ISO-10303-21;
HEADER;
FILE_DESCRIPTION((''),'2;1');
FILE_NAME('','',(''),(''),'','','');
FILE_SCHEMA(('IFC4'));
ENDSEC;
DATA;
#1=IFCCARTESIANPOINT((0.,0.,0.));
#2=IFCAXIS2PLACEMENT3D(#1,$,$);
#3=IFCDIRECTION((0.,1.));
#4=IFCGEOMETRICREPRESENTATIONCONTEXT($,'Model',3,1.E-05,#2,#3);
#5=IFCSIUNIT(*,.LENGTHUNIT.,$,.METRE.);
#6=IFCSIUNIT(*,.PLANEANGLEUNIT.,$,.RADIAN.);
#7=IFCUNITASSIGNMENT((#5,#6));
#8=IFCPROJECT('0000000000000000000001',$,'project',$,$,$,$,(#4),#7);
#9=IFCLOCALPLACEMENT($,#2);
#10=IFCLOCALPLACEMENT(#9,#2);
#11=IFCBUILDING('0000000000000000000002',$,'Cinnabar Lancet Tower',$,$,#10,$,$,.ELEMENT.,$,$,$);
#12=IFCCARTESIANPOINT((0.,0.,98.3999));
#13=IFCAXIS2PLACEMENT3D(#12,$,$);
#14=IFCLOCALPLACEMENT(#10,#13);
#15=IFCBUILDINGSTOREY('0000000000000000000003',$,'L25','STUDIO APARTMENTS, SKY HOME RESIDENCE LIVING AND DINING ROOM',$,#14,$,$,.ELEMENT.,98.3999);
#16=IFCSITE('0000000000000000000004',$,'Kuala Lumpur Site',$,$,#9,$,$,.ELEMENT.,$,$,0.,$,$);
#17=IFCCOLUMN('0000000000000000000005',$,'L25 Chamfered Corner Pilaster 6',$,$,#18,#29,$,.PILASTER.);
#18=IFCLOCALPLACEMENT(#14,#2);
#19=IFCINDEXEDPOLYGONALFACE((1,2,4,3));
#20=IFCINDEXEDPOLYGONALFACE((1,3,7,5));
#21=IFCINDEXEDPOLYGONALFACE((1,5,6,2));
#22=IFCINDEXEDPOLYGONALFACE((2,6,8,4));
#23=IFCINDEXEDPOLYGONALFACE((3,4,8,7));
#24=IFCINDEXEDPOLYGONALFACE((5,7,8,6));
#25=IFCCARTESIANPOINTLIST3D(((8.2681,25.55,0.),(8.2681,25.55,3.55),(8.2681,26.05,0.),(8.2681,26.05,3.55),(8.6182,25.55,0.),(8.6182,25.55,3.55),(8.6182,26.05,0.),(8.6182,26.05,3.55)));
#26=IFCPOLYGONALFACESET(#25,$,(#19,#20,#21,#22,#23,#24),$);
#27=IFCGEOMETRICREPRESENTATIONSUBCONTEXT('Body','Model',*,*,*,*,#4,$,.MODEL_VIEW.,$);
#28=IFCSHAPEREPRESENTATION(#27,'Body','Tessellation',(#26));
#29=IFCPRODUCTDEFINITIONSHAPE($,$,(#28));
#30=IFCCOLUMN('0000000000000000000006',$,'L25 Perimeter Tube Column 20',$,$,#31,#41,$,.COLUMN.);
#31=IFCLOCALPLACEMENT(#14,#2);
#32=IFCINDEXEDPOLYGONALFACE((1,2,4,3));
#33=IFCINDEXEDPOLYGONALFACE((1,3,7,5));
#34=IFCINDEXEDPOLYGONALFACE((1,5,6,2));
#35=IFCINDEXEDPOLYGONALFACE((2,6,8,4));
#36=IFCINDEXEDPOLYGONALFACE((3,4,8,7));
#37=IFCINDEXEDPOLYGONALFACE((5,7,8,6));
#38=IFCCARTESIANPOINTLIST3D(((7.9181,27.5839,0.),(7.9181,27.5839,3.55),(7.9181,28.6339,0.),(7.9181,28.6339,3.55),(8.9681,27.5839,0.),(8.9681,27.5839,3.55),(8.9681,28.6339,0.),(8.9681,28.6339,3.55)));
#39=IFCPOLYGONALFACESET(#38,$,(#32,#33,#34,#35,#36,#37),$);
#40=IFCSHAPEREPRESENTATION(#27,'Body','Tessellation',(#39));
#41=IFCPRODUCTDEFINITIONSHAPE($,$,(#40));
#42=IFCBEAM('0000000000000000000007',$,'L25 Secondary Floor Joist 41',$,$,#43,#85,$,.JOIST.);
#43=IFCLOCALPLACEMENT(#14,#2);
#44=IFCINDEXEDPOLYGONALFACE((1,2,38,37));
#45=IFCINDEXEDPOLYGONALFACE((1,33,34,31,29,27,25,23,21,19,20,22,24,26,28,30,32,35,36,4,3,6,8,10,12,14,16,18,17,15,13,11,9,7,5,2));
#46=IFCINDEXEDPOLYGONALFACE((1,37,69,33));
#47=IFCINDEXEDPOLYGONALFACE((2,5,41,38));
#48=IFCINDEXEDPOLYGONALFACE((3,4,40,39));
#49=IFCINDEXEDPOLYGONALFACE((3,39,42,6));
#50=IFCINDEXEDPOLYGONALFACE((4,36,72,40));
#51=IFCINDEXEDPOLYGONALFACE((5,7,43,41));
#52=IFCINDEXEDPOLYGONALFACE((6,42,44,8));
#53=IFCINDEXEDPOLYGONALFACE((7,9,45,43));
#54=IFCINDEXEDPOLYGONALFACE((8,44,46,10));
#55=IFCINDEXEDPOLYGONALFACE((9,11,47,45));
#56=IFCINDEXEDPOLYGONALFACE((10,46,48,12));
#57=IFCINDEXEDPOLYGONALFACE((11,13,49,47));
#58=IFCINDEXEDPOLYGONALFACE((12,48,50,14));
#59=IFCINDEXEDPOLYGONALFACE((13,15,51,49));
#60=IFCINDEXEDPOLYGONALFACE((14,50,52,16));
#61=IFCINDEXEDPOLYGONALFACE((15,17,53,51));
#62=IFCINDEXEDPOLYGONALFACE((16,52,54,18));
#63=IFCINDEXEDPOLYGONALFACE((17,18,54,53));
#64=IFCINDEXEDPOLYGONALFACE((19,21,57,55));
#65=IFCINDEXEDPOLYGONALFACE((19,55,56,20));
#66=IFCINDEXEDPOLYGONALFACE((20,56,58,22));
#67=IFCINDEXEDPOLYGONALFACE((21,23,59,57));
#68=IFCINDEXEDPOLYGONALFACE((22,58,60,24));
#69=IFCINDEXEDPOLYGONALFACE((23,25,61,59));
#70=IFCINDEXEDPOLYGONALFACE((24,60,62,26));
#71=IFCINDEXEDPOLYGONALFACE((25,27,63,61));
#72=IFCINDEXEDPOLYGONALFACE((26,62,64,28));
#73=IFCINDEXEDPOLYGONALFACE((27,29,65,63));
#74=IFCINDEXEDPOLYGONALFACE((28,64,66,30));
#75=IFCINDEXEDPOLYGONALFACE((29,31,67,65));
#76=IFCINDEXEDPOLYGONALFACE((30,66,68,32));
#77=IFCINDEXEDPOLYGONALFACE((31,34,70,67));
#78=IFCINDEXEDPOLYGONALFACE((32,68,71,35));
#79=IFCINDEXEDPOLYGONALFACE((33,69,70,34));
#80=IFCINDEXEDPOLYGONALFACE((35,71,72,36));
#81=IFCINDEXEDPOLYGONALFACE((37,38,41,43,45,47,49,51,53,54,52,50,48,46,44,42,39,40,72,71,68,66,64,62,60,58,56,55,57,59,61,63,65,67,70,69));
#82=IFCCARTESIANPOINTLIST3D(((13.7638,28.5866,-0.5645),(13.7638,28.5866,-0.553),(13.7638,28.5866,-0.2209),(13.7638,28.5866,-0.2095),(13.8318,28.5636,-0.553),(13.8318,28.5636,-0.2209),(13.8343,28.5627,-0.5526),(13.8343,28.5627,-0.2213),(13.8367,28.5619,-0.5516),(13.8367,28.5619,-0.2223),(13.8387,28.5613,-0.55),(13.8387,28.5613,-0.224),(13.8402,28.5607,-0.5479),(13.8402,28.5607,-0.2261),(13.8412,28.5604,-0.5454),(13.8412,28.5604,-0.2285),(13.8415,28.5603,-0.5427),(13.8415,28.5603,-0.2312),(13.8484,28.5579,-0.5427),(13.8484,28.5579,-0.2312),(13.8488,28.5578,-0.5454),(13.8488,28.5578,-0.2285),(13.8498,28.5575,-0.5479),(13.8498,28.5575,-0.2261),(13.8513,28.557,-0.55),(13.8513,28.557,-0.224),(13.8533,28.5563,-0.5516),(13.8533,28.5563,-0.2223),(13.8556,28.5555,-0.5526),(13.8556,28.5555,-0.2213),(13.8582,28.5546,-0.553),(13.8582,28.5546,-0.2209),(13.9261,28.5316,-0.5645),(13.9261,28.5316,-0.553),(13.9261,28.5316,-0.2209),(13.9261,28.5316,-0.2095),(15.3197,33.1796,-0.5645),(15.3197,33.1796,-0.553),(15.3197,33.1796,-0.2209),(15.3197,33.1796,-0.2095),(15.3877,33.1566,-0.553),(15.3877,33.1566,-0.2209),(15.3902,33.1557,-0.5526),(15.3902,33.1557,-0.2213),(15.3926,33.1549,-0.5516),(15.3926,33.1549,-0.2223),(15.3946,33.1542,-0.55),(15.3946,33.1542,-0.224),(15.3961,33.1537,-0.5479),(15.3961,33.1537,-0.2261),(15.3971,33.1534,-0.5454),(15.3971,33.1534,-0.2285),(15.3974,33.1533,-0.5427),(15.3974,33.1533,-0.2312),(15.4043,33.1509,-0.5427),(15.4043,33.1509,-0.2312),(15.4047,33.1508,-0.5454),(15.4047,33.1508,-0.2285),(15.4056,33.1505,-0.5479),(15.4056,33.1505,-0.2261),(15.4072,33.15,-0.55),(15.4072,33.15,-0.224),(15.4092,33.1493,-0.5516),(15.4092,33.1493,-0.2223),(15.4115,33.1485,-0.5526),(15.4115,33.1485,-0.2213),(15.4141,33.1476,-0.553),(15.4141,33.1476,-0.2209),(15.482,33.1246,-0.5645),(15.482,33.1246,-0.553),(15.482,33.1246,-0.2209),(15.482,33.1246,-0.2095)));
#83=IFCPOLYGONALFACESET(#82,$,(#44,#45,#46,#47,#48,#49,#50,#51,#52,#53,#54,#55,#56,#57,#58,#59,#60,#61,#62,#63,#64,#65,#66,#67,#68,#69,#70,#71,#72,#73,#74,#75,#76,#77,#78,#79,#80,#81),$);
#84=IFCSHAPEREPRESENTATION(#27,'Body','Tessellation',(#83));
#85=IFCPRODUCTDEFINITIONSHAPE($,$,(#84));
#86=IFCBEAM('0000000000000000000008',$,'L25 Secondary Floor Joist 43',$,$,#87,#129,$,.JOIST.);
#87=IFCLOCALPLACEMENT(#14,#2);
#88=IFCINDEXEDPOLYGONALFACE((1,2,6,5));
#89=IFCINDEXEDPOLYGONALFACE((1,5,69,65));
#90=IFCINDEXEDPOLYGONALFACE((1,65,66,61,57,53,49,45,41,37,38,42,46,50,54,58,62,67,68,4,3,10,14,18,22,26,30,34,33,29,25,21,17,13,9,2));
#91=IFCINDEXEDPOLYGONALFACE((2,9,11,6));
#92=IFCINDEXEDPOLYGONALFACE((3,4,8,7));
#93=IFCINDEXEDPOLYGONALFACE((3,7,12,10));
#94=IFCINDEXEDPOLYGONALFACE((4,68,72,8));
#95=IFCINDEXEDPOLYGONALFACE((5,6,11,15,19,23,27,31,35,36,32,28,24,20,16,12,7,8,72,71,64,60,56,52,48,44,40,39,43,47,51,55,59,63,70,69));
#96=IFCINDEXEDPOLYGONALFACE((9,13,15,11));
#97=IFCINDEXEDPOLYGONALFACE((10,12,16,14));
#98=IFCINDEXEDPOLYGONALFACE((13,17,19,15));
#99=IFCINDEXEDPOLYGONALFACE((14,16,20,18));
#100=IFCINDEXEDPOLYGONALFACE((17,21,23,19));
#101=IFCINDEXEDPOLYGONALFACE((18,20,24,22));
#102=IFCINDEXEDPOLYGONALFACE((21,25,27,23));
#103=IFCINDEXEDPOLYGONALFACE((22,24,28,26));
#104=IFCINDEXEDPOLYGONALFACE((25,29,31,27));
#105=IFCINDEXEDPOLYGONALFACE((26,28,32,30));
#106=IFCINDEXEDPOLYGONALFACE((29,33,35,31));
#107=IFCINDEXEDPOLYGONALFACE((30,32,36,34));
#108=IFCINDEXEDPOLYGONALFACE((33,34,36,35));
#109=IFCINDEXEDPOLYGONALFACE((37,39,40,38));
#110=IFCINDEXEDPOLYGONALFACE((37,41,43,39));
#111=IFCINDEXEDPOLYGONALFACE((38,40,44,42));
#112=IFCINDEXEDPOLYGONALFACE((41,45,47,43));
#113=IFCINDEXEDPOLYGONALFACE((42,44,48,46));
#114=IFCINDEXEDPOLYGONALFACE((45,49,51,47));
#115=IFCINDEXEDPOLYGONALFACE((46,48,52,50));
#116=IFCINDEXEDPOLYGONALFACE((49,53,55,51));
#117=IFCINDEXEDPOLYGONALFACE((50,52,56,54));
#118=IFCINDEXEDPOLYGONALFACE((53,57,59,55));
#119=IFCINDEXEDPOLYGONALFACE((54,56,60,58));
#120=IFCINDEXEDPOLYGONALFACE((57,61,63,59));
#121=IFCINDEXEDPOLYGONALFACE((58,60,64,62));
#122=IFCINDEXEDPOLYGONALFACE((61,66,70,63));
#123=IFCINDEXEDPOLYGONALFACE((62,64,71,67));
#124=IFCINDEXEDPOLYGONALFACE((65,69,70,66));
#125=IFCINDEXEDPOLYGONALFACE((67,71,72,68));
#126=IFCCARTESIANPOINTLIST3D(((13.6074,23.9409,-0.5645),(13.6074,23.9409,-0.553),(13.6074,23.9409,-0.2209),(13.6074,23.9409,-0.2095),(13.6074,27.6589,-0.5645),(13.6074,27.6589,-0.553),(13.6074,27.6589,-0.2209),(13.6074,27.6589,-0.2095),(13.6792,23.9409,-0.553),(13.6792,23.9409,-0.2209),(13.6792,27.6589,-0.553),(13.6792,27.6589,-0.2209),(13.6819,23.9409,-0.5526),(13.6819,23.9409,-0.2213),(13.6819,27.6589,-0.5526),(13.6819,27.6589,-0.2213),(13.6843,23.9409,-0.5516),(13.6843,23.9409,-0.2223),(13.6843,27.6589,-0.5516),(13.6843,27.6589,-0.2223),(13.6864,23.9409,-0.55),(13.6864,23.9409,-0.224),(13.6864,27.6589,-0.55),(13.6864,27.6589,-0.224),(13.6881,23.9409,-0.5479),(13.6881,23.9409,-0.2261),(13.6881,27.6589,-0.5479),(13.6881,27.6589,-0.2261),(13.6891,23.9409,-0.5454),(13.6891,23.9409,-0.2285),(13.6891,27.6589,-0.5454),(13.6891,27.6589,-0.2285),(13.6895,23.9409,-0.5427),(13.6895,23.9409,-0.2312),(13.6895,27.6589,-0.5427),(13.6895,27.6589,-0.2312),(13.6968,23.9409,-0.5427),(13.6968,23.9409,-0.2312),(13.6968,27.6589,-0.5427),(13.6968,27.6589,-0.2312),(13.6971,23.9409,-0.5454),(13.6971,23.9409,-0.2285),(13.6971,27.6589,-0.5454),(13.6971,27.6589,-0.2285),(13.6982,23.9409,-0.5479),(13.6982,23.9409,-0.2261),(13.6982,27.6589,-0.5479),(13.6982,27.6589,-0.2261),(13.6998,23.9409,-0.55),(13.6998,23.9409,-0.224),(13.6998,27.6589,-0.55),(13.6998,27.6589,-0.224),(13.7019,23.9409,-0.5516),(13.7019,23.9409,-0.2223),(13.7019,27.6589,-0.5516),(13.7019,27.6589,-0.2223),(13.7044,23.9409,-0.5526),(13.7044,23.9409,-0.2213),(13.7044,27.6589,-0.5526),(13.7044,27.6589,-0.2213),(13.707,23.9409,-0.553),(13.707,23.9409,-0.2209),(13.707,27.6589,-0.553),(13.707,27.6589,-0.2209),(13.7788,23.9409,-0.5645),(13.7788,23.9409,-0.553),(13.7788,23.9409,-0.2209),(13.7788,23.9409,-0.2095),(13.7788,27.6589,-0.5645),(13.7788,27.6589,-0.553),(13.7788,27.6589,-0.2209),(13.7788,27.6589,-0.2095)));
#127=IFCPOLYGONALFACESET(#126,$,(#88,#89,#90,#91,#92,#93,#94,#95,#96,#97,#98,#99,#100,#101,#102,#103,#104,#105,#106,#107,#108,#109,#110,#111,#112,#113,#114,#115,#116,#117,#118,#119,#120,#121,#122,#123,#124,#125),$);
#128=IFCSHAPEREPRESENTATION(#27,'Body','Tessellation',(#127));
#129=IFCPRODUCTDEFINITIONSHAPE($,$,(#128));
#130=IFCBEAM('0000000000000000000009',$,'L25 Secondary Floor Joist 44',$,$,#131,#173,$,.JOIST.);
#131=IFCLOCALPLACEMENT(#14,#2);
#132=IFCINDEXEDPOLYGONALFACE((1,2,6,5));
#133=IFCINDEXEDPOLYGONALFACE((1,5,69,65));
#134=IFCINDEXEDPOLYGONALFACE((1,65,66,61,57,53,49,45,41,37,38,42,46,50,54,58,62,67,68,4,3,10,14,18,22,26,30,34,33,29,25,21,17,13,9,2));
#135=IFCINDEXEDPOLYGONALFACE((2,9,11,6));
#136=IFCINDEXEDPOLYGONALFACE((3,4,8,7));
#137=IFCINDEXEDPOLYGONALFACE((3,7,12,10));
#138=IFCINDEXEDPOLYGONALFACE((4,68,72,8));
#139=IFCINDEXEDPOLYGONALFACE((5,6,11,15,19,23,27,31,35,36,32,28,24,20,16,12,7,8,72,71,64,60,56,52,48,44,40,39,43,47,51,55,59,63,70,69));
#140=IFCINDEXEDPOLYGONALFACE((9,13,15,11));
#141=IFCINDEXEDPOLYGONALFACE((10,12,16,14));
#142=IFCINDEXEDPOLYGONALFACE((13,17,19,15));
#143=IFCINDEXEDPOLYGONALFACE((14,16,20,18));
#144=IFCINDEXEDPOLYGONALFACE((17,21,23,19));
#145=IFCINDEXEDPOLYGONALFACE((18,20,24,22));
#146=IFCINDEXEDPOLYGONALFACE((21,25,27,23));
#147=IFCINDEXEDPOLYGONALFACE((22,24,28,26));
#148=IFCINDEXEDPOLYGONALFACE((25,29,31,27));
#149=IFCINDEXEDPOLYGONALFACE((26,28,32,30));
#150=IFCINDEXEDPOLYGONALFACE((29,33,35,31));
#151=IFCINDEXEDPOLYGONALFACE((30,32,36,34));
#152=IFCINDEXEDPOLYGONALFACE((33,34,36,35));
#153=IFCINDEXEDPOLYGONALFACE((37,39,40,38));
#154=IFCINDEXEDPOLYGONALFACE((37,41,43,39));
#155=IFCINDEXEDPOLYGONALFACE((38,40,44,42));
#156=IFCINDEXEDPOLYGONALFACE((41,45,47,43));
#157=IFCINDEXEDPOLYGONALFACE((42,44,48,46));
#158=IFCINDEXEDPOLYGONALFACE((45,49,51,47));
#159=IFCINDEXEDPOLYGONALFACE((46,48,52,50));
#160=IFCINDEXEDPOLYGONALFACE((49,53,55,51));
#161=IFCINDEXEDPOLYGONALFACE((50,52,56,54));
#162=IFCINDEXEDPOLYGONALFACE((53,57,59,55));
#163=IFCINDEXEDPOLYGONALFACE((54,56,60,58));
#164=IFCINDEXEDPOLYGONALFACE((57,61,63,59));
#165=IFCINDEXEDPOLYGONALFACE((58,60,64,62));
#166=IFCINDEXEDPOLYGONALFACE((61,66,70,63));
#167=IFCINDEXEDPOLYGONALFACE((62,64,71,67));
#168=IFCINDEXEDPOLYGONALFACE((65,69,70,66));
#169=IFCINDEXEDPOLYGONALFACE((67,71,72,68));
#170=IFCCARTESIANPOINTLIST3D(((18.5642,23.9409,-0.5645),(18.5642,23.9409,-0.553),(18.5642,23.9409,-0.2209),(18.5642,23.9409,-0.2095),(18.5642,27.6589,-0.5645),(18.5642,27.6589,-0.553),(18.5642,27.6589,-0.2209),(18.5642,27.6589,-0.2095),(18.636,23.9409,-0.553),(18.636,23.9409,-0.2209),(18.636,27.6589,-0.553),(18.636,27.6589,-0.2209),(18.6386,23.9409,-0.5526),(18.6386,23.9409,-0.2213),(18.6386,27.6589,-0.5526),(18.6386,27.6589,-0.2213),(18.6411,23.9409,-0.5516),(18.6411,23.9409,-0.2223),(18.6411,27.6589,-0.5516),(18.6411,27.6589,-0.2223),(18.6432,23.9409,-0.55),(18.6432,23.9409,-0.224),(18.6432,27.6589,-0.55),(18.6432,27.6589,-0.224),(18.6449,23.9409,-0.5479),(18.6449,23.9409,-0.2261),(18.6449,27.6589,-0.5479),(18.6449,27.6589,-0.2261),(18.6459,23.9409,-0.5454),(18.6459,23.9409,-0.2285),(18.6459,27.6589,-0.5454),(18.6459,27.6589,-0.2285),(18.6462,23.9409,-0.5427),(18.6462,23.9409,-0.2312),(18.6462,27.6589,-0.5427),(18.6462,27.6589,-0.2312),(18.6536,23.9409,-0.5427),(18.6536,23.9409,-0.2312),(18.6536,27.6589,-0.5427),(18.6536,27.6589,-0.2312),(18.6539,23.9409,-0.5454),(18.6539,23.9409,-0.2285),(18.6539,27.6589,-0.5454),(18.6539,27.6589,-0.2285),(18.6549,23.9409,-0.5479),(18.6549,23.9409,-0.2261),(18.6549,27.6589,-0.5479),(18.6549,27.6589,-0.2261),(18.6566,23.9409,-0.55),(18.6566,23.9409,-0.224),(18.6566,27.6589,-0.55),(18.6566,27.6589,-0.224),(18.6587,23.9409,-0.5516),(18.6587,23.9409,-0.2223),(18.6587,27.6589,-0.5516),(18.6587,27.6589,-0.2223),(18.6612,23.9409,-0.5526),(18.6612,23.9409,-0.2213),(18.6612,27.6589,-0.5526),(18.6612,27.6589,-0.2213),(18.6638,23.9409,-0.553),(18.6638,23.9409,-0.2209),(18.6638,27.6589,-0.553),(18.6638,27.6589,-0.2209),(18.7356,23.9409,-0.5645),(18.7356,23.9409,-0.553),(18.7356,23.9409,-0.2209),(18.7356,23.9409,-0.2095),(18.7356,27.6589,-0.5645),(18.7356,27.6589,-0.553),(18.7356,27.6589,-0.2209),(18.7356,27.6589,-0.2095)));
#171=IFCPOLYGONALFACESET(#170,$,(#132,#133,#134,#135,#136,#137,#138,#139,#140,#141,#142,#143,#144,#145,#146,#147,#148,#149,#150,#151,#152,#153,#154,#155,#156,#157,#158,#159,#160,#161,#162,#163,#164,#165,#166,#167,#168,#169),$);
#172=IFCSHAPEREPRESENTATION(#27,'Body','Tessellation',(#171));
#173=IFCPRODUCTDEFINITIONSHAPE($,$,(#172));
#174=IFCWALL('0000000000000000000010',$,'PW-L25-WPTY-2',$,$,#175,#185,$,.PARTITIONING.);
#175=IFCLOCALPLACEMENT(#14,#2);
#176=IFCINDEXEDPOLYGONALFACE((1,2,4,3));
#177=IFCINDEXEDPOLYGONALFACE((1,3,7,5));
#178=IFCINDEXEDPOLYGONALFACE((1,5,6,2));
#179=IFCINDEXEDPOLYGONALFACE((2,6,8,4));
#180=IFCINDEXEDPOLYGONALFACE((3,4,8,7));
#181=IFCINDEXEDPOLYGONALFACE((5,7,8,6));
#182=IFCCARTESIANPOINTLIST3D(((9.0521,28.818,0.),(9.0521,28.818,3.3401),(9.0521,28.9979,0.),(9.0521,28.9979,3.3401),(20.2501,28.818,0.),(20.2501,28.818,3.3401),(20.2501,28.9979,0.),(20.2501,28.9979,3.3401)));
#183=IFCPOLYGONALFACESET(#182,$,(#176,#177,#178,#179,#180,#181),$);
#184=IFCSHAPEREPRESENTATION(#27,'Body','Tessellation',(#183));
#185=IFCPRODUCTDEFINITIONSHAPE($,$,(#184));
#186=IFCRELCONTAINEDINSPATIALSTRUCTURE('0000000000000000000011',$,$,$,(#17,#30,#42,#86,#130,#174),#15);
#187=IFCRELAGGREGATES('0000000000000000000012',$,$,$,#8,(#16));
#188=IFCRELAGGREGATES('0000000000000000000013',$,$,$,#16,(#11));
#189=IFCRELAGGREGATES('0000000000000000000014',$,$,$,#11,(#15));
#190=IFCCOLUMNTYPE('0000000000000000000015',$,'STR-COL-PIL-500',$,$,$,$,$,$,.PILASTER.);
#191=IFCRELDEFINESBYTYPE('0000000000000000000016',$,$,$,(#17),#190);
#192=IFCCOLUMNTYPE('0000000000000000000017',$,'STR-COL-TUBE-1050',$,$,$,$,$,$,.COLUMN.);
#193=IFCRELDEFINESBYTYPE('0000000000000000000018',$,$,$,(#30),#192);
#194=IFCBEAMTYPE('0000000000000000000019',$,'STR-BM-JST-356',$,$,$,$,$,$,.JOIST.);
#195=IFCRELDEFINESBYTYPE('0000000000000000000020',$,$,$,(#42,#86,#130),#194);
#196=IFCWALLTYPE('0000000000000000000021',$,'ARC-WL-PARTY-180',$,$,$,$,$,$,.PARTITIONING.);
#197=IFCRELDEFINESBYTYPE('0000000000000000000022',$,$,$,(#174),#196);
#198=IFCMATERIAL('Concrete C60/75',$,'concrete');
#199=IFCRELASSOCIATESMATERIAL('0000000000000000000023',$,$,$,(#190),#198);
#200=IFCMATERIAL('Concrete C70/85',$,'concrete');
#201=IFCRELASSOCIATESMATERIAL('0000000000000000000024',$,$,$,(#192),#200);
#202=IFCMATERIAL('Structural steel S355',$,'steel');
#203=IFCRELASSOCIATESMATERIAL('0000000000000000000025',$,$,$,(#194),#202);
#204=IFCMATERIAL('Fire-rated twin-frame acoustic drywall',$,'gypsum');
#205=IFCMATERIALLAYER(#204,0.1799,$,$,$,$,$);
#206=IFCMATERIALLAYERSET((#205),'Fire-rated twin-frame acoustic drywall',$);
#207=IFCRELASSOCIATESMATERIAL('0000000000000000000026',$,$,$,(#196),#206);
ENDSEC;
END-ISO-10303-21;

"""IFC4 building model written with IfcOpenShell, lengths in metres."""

from ifc_helpers import new_model, si_unit, direction, frame, frame_2d, origin, origin_2d, place, context, subcontext, project, spatial, rectangle, i_section, extrude, material, layer, layer_set, material_profile, profile_set, type_object, element, save


model = new_model("IFC4")

# Units and contexts
model_context = context("Model", 3, precision=1e-05, world=origin(), true_north=direction((0.0, 1.0)))
body_context = subcontext(model_context, "Body", "Model", "MODEL_VIEW")
ifc_project = project(units=[si_unit("LENGTHUNIT", "METRE"), si_unit("PLANEANGLEUNIT", "RADIAN")], contexts=[model_context])

# Site, building, storey
site_placement = place(None, origin())
site = spatial("IfcSite", under=ifc_project, at=site_placement, Name="Kuala Lumpur Site", CompositionType="ELEMENT", RefElevation=0.0)
building_placement = place(site_placement, origin())
building = spatial("IfcBuilding", under=site, at=building_placement, Name="Cinnabar Lancet Tower", CompositionType="ELEMENT")
storey_placement = place(building_placement, frame((0.0, 0.0, 98.3999)))
storey = spatial("IfcBuildingStorey", under=building, at=storey_placement, Name="L25", Description="STUDIO APARTMENTS, SKY HOME RESIDENCE LIVING AND DINING ROOM", CompositionType="ELEMENT", Elevation=98.3999)

# Columns
ifc_material_1 = material(Name="Concrete C60/75", Category="concrete")
ifc_material_profile_1 = material_profile(ifc_material_1, rectangle(XDim=0.5, YDim=0.3501, at=origin_2d()), Name="RC-PIL 500x350")
ifc_profile_set_1 = profile_set([ifc_material_profile_1], Name="Concrete C60/75")
column_type_1 = type_object("IfcColumnType", Name="STR-COL-PIL-500", PredefinedType="PILASTER", material=ifc_profile_set_1)
column_1_placement = place(storey_placement, frame((8.4431, 25.8, 0.0), z_axis=(0.0, 0.0, 1.0), x_axis=(0.0, -1.0, 0.0)))
element("IfcColumn", 1, at=column_1_placement, inside=storey, type_object=column_type_1, Name="L25 Chamfered Corner Pilaster 6", PredefinedType="PILASTER", context=body_context, shape_type="SweptSolid", body=[
    extrude(rectangle(XDim=0.5, YDim=0.3501, at=origin_2d()), origin(), (0.0, 0.0, 1.0), 3.55),
])
ifc_material_2 = material(Name="Concrete C70/85", Category="concrete")
ifc_material_profile_2 = material_profile(ifc_material_2, rectangle(XDim=1.05, YDim=1.05, at=origin_2d()), Name="RC-COL 1050x1050")
ifc_profile_set_2 = profile_set([ifc_material_profile_2], Name="Concrete C70/85")
column_type_2 = type_object("IfcColumnType", Name="STR-COL-TUBE-1050", PredefinedType="COLUMN", material=ifc_profile_set_2)
column_2_placement = place(storey_placement, frame((8.4431, 28.1089, 0.0), z_axis=(0.0, 0.0, 1.0), x_axis=(1.0, 0.0, 0.0)))
element("IfcColumn", 2, at=column_2_placement, inside=storey, type_object=column_type_2, Name="L25 Perimeter Tube Column 20", PredefinedType="COLUMN", context=body_context, shape_type="SweptSolid", body=[
    extrude(rectangle(XDim=1.05, YDim=1.05, at=origin_2d()), origin(), (0.0, 0.0, 1.0), 3.55),
])

# Beams
ifc_material_3 = material(Name="Structural steel S355", Category="steel")
ifc_material_profile_3 = material_profile(ifc_material_3, i_section(OverallWidth=0.1714, OverallDepth=0.355, WebThickness=0.0073, FlangeThickness=0.0115, FilletRadius=0.0103, at=origin_2d()), Name="UKB 356x171x51")
ifc_profile_set_3 = profile_set([ifc_material_profile_3], Name="Structural steel S355")
beam_type = type_object("IfcBeamType", Name="STR-BM-JST-356", PredefinedType="JOIST", material=ifc_profile_set_3)
beam_placement = place(storey_placement, frame((15.4009, 33.1521, -0.387), z_axis=(-0.320846, -0.947131, 0.0), x_axis=(0.947131, -0.320846, 0.0)))
element("IfcBeam", 3, at=beam_placement, inside=storey, type_object=beam_type, Name="L25 Secondary Floor Joist 41", PredefinedType="JOIST", context=body_context, shape_type="SweptSolid", body=[
    extrude(i_section(OverallWidth=0.1714, OverallDepth=0.355, WebThickness=0.0073, FlangeThickness=0.0115, FilletRadius=0.0103, at=origin_2d()), origin(), (0.0, 0.0, 1.0), 4.8494),
])
for number, where, z_axis, x_axis, name in (
    (4, (13.6931, 27.6589, -0.387), (0.0, -1.0, 0.0), (1.0, 0.0, 0.0), "L25 Secondary Floor Joist 43"),
    (5, (18.6499, 27.6589, -0.387), (0.0, -1.0, 0.0), (1.0, 0.0, 0.0), "L25 Secondary Floor Joist 44"),
):
    element("IfcBeam", number, at=place(storey_placement, frame(where, z_axis=z_axis, x_axis=x_axis)), inside=storey, type_object=beam_type, Name=name, PredefinedType="JOIST", context=body_context, shape_type="SweptSolid", body=[
        extrude(i_section(OverallWidth=0.1714, OverallDepth=0.355, WebThickness=0.0073, FlangeThickness=0.0115, FilletRadius=0.0103, at=origin_2d()), origin(), (0.0, 0.0, 1.0), 3.718),
    ])

# Wall
ifc_material_4 = material(Name="Fire-rated twin-frame acoustic drywall", Category="gypsum")
ifc_layer_1 = layer(ifc_material_4, 0.1799)
ifc_layer_set_1 = layer_set([ifc_layer_1], Name="Fire-rated twin-frame acoustic drywall")
wall_type_1 = type_object("IfcWallType", Name="ARC-WL-PARTY-180", PredefinedType="PARTITIONING", material=ifc_layer_set_1)
wall_1_placement = place(storey_placement, frame((9.052, 28.908, 0.0), z_axis=(0.0, 0.0, 1.0), x_axis=(1.0, 0.0, 0.0)))
element("IfcWall", 6, at=wall_1_placement, inside=storey, type_object=wall_type_1, Name="PW-L25-WPTY-2", PredefinedType="PARTITIONING", context=body_context, shape_type="SweptSolid", body=[
    extrude(rectangle(XDim=11.198, YDim=0.1799, at=frame_2d((5.5991, 0.0))), origin(), (0.0, 0.0, 1.0), 3.3401),
])

save(model, "model.ifc")
